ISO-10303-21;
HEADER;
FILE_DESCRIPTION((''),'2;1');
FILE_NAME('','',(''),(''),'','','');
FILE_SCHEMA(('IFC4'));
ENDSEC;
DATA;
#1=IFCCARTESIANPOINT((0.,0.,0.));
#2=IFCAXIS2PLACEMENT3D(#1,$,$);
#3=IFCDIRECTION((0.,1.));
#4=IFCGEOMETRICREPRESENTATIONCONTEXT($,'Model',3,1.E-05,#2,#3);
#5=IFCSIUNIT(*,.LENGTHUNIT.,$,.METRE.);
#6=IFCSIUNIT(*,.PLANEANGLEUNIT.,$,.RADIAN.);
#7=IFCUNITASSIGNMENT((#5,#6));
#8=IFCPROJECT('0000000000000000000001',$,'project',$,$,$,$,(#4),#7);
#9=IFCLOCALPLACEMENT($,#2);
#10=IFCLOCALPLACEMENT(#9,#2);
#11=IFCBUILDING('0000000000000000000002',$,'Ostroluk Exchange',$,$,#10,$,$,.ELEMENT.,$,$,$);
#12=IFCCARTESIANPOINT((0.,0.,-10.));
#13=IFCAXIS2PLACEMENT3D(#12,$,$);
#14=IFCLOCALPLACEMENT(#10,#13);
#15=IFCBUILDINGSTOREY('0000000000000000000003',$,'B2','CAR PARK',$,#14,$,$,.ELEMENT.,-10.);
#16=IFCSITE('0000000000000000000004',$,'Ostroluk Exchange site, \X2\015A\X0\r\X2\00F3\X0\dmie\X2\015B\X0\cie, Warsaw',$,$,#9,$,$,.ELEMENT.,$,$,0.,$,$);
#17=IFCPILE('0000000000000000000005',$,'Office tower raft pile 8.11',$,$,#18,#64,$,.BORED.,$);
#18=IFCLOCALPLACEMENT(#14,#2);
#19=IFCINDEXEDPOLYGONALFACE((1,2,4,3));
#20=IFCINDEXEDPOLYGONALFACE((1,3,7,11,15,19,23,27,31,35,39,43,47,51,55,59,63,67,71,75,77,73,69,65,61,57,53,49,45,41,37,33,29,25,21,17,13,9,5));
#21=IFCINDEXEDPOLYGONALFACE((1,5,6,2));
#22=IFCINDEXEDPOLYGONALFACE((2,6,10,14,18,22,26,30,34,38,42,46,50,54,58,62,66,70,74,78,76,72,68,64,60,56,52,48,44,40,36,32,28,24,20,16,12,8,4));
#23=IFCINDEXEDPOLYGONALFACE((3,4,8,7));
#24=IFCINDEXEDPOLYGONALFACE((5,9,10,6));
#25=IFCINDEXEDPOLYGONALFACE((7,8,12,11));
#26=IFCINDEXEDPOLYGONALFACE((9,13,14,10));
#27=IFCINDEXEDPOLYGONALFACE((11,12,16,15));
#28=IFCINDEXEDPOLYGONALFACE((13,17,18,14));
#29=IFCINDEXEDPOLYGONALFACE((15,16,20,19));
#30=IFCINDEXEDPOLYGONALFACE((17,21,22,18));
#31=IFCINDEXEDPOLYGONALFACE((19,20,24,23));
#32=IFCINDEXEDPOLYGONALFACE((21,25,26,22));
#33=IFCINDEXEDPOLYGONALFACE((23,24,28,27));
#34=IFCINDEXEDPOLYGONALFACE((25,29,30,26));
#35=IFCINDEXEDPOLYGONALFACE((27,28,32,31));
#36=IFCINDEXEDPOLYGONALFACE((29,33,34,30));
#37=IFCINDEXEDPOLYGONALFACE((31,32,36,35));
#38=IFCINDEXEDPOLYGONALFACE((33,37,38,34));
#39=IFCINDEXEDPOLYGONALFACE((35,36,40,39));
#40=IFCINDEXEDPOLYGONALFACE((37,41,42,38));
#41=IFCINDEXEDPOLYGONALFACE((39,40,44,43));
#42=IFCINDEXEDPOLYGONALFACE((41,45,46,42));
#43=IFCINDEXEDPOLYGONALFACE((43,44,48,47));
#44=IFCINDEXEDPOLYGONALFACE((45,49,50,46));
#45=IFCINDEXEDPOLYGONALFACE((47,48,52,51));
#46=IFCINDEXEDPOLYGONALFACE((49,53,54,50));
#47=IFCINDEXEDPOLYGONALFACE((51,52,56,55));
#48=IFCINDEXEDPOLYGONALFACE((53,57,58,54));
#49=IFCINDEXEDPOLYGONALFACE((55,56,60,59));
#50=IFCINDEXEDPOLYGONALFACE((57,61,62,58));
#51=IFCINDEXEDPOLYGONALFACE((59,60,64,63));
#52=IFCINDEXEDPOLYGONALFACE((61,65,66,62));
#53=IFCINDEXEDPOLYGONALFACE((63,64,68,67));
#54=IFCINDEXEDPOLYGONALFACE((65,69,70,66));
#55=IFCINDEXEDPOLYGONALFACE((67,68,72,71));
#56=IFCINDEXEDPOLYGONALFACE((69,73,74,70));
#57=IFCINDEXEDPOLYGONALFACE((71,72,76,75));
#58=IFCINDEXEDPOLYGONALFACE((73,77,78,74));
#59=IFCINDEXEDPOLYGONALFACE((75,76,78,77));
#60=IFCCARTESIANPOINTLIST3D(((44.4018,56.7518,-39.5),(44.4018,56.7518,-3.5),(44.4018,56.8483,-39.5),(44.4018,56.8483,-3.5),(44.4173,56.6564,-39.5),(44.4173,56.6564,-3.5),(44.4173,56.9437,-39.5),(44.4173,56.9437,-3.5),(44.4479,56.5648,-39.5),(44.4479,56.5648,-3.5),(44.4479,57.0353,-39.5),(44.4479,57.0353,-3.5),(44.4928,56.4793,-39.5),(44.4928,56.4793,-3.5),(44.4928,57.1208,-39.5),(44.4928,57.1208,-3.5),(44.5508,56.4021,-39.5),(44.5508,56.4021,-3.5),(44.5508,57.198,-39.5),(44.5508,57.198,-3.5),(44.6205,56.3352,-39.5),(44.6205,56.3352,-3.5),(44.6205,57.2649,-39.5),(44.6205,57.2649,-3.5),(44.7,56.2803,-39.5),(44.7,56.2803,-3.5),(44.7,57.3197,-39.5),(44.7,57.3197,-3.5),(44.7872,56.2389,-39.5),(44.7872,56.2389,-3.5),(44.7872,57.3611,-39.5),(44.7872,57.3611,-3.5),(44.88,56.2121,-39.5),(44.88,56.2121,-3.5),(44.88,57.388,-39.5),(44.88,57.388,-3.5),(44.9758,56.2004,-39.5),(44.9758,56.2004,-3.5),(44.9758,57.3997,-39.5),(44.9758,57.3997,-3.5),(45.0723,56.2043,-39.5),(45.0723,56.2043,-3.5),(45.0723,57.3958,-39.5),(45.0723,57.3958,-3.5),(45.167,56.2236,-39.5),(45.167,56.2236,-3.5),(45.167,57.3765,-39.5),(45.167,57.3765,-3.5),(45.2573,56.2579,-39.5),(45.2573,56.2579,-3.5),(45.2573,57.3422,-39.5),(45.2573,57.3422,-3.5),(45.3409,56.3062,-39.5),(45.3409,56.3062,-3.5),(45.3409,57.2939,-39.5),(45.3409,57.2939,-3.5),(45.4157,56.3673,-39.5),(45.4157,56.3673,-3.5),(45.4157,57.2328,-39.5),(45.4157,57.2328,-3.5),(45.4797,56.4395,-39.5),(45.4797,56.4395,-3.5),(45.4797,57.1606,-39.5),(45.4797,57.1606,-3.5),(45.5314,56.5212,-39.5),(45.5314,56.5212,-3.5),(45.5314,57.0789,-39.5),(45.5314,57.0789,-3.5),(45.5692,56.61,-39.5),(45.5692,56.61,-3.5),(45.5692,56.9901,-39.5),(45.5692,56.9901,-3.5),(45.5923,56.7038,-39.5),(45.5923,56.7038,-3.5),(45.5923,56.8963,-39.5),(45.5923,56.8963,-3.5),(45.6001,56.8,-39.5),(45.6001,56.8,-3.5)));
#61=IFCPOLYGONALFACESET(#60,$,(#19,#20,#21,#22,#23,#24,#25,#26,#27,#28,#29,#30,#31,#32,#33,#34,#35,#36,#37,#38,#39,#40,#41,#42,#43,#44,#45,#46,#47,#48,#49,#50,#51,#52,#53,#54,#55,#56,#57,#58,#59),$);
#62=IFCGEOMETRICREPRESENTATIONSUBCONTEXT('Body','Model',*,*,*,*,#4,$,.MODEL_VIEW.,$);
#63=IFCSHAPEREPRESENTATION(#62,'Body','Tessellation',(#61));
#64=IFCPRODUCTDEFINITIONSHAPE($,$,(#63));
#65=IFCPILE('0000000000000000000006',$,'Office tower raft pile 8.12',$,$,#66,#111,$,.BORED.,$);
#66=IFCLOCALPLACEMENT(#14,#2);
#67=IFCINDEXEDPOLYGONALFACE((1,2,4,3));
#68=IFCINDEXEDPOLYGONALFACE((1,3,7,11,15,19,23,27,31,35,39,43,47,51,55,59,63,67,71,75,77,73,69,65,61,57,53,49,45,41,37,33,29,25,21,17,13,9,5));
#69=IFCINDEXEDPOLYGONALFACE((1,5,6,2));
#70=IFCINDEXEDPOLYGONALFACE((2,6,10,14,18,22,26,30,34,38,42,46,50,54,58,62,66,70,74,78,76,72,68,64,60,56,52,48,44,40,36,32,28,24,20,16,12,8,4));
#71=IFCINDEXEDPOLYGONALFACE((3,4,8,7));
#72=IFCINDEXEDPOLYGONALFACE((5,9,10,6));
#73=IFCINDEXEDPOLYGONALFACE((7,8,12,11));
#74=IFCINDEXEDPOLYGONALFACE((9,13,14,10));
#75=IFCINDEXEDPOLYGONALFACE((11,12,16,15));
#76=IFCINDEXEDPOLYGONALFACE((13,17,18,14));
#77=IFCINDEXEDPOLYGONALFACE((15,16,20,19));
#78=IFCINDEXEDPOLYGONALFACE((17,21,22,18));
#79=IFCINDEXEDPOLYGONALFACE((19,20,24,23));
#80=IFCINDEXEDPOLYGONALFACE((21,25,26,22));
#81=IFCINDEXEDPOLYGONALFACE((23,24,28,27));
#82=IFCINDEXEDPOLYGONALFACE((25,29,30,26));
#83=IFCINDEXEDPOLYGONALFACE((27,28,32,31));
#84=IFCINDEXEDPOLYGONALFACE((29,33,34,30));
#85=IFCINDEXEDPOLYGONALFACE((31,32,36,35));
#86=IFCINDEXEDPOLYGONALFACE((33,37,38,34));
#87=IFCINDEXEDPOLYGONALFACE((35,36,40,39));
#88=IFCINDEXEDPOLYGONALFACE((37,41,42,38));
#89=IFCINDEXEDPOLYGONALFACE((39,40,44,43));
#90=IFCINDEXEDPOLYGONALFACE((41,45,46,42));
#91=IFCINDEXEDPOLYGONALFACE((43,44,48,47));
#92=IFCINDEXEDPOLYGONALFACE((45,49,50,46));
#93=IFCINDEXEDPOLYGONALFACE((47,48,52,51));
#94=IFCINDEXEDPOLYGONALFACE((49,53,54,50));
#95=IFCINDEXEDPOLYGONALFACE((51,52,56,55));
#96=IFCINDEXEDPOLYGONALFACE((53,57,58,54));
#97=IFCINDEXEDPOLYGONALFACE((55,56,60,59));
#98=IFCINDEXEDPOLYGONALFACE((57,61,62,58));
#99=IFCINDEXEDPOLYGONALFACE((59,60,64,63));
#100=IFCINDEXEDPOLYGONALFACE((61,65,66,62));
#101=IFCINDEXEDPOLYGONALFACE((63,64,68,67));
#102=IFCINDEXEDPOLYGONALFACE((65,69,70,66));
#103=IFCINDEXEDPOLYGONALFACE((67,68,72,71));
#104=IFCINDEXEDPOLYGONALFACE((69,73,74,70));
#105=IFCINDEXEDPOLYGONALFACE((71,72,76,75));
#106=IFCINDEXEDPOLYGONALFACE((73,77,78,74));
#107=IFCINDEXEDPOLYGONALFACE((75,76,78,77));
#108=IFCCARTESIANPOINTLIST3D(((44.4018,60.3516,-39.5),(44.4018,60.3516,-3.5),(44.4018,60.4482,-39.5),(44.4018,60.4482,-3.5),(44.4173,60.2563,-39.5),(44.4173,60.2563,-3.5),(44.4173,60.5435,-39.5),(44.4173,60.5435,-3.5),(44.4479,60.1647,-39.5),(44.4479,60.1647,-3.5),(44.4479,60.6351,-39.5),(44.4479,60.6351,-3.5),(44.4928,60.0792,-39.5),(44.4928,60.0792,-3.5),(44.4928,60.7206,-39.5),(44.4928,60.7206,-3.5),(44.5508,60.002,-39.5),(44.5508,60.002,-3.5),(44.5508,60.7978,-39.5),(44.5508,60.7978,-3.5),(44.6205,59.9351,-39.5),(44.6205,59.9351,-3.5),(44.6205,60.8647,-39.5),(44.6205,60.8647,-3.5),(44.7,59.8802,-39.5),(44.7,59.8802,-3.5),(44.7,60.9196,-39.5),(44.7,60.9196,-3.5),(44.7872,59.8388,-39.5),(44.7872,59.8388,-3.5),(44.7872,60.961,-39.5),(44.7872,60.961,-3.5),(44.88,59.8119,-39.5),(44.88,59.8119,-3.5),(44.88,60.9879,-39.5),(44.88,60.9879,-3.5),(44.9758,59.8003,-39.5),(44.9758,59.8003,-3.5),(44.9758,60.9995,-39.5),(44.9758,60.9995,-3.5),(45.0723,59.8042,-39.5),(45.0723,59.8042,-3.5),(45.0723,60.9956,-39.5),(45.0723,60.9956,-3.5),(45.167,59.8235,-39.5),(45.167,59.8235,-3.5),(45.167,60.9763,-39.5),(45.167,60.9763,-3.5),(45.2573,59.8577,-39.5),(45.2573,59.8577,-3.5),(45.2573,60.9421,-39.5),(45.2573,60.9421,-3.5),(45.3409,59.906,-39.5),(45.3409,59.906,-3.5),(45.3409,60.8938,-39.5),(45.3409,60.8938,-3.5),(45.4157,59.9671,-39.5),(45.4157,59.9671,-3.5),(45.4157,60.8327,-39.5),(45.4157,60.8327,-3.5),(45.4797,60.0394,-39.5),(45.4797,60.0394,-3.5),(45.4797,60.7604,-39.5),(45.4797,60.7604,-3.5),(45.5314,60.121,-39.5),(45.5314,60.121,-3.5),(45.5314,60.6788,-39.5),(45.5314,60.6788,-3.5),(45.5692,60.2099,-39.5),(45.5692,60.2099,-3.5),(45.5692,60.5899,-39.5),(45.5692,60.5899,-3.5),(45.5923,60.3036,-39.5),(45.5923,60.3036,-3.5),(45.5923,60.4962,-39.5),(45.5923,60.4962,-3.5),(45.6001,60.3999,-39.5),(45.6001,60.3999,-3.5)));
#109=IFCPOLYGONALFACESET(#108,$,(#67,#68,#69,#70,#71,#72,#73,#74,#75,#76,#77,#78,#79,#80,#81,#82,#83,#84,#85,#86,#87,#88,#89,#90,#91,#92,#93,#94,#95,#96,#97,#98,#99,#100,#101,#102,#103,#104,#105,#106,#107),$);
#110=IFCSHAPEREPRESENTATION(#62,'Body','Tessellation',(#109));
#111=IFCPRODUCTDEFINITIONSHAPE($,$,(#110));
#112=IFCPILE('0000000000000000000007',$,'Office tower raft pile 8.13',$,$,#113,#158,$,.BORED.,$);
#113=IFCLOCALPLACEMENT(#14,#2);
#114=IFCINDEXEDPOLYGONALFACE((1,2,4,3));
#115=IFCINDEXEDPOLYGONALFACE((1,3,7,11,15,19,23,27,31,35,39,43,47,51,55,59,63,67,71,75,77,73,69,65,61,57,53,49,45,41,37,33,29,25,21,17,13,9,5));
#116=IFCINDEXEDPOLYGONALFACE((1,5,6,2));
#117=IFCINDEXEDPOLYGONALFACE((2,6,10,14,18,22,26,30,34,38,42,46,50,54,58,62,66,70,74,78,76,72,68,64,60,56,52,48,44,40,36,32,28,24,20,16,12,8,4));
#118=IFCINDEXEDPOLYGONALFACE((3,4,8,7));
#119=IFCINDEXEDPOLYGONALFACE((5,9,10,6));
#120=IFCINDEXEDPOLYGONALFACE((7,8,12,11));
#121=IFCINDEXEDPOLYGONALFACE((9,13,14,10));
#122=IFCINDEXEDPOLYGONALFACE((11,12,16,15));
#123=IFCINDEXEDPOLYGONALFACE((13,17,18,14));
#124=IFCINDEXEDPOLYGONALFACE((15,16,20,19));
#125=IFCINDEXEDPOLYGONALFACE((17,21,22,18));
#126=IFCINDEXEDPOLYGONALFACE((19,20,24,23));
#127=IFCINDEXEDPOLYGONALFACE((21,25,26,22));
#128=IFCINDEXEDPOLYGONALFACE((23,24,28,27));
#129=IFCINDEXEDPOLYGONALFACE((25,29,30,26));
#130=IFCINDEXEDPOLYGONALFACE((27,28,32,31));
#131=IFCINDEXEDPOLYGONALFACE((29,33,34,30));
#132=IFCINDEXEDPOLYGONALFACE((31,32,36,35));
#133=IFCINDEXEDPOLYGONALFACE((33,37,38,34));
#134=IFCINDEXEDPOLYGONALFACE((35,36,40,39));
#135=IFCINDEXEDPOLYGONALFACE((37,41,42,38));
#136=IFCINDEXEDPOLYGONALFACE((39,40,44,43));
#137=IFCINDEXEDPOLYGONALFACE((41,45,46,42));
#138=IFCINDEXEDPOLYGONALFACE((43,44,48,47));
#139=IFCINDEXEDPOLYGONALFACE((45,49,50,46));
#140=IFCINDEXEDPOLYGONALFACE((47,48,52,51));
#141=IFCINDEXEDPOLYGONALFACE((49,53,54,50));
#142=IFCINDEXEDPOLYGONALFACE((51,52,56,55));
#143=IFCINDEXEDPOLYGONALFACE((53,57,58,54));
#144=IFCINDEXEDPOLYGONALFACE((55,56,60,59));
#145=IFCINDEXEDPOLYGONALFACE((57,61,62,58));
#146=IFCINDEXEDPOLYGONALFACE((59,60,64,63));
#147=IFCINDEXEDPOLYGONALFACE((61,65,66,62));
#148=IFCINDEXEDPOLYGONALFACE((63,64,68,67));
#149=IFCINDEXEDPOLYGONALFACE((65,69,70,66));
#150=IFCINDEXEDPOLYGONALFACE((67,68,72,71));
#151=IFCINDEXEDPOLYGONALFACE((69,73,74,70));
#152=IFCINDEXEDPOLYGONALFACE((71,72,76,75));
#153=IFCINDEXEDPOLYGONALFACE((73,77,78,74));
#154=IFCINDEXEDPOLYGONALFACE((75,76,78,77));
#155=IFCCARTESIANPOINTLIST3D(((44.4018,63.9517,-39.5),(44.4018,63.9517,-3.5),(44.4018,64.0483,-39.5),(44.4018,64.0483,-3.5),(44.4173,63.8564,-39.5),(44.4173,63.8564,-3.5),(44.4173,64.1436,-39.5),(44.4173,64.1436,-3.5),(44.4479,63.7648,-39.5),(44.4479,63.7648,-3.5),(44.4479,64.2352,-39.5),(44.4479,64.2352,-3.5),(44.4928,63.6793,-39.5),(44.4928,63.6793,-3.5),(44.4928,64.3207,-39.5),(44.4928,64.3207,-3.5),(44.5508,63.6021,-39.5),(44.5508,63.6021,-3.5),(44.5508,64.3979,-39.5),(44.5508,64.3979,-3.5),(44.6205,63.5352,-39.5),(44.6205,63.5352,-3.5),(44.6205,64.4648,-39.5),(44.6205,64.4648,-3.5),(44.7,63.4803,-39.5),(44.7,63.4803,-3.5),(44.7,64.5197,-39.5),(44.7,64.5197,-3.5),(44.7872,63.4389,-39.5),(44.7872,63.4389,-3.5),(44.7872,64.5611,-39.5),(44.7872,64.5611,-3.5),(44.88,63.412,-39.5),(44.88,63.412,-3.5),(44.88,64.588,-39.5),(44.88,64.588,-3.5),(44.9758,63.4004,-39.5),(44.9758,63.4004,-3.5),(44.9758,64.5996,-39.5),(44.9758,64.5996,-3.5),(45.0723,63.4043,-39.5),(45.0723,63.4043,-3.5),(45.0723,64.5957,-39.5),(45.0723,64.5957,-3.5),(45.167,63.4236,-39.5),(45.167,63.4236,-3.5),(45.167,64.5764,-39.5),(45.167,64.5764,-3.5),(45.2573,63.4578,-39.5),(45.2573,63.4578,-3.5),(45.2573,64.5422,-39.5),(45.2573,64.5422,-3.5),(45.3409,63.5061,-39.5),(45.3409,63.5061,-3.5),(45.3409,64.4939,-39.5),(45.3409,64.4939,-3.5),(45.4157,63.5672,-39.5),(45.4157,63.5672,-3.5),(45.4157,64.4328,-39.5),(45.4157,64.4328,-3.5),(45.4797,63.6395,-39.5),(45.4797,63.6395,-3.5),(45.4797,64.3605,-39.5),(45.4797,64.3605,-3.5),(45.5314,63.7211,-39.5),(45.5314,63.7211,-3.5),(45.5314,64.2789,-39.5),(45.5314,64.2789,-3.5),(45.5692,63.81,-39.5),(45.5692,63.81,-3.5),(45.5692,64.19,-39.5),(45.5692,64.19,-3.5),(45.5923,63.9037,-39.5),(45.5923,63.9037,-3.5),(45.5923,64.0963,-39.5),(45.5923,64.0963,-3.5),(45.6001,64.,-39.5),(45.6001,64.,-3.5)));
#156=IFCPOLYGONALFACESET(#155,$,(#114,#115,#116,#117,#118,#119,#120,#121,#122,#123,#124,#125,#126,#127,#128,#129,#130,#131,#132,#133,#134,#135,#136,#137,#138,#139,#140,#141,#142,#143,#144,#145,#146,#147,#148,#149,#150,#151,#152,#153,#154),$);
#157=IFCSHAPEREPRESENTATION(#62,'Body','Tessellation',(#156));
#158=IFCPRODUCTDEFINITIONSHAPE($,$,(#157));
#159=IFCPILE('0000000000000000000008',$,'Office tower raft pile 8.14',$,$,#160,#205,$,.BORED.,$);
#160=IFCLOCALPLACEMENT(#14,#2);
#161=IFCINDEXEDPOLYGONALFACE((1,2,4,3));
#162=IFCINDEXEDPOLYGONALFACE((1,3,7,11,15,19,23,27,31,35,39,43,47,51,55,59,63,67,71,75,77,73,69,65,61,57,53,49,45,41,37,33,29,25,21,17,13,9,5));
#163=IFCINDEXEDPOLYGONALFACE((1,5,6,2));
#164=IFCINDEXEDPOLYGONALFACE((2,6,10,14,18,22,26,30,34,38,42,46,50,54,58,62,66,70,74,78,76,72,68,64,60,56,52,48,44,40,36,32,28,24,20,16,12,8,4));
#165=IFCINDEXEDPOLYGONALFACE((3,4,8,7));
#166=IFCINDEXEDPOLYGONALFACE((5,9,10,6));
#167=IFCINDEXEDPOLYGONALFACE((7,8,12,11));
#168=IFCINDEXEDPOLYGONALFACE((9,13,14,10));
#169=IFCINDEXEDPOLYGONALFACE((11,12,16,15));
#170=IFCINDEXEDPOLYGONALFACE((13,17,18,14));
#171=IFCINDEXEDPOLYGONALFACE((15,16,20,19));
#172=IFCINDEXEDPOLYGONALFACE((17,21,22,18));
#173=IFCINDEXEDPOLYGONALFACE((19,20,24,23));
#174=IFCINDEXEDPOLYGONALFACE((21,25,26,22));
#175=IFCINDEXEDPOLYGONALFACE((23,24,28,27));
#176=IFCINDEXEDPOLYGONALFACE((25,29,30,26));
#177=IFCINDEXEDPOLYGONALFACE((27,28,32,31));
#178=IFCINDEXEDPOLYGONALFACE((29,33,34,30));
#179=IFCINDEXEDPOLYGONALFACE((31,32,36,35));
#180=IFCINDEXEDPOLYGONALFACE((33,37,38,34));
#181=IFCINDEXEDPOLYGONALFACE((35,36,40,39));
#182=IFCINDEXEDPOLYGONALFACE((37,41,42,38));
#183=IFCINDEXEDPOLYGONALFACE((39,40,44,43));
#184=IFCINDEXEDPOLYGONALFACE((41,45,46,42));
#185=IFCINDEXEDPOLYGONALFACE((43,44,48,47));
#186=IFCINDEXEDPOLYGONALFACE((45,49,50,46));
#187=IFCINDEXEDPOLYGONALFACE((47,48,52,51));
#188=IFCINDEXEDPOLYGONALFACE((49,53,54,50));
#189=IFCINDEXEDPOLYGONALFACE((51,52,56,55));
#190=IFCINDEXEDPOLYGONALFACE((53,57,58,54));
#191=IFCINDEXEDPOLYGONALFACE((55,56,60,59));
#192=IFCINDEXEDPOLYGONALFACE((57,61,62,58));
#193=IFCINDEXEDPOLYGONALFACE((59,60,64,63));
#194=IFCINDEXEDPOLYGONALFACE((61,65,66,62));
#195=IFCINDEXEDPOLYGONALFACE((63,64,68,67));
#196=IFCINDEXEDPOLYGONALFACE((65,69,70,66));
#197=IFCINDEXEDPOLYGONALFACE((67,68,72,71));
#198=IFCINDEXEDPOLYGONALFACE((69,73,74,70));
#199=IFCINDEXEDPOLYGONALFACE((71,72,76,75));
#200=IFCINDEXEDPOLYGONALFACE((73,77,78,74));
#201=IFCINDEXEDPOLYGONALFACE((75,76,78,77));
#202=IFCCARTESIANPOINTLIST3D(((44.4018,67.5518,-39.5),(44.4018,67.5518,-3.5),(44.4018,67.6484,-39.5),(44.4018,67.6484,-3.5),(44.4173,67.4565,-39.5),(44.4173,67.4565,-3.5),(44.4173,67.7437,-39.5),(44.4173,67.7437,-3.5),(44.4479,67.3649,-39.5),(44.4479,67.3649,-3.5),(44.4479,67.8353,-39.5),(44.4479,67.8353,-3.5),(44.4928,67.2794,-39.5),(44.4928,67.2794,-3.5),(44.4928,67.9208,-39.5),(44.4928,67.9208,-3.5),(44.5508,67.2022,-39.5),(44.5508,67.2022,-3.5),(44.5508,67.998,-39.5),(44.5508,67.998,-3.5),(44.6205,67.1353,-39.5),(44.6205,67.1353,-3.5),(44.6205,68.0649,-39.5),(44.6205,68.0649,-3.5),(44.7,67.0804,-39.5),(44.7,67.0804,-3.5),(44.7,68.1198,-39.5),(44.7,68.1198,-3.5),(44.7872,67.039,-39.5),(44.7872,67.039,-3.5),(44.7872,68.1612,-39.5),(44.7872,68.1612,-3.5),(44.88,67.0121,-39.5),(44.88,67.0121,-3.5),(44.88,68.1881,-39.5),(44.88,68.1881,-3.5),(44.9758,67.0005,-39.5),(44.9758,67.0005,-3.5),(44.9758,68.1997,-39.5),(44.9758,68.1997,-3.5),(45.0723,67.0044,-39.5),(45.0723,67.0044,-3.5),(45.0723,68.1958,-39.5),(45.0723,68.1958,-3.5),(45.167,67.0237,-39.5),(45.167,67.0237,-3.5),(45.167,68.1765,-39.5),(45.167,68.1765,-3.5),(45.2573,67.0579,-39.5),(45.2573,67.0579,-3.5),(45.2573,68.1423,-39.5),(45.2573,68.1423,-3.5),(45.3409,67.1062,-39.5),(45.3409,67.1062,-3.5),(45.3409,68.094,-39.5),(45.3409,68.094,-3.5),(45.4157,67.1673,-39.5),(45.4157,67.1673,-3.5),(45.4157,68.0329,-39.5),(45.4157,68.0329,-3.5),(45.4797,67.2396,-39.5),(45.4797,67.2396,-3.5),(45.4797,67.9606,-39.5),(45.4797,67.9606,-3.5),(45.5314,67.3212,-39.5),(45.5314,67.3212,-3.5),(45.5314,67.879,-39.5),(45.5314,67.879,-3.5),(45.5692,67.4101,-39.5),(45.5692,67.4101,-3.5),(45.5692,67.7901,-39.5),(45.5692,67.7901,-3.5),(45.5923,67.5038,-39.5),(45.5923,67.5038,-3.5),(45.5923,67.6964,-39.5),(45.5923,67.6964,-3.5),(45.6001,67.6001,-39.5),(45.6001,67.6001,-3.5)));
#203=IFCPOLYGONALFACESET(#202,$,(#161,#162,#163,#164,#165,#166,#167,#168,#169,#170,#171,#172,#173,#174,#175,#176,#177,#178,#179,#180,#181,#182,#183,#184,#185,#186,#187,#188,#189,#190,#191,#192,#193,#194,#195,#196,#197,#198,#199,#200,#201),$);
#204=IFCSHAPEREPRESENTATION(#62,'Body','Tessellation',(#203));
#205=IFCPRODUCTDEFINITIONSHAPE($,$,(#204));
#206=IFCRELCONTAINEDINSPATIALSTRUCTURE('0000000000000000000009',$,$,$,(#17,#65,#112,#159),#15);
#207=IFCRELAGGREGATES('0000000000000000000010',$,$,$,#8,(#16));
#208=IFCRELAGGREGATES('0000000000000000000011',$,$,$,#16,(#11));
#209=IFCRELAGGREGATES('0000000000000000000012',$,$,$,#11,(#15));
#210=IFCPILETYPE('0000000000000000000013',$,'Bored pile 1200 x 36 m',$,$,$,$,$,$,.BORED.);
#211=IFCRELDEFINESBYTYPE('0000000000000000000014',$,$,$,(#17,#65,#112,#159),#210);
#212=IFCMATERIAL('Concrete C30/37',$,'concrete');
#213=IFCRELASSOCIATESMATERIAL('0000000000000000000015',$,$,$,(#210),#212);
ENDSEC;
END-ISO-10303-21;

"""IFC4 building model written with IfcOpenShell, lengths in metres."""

from ifc_helpers import new_model, si_unit, direction, frame, origin, origin_2d, place, context, subcontext, project, spatial, circle, extrude, material, type_object, element, save


model = new_model("IFC4")

# Units and contexts
model_context = context("Model", 3, precision=1e-05, world=origin(), true_north=direction((0.0, 1.0)))
body_context = subcontext(model_context, "Body", "Model", "MODEL_VIEW")
ifc_project = project(units=[si_unit("LENGTHUNIT", "METRE"), si_unit("PLANEANGLEUNIT", "RADIAN")], contexts=[model_context])

# Site, building, storey
site_placement = place(None, origin())
site = spatial("IfcSite", under=ifc_project, at=site_placement, Name="Ostroluk Exchange site, Śródmieście, Warsaw", CompositionType="ELEMENT", RefElevation=0.0)
building_placement = place(site_placement, origin())
building = spatial("IfcBuilding", under=site, at=building_placement, Name="Ostroluk Exchange", CompositionType="ELEMENT")
storey_placement = place(building_placement, frame((0.0, 0.0, -10.0)))
storey = spatial("IfcBuildingStorey", under=building, at=storey_placement, Name="B2", Description="CAR PARK", CompositionType="ELEMENT", Elevation=-10.0)

# Piles
ifc_material_1 = material(Name="Concrete C30/37", Category="concrete")
pile_type = type_object("IfcPileType", Name="Bored pile 1200 x 36 m", PredefinedType="BORED", material=ifc_material_1)
for number, where, z_axis, x_axis, name in (
    (1, (45.0, 56.8, -3.5), (0.0, 0.0, -1.0), (1.0, 0.0, 0.0), "Office tower raft pile 8.11"),
    (2, (45.0, 60.3999, -3.5), (0.0, 0.0, -1.0), (1.0, 0.0, 0.0), "Office tower raft pile 8.12"),
    (3, (45.0, 64.0, -3.5), (0.0, 0.0, -1.0), (1.0, 0.0, 0.0), "Office tower raft pile 8.13"),
    (4, (45.0, 67.6001, -3.5), (0.0, 0.0, -1.0), (1.0, 0.0, 0.0), "Office tower raft pile 8.14"),
):
    element("IfcPile", number, at=place(storey_placement, frame(where, z_axis=z_axis, x_axis=x_axis)), inside=storey, type_object=pile_type, Name=name, PredefinedType="BORED", context=body_context, shape_type="SweptSolid", body=[
        extrude(circle(Radius=0.6001, at=origin_2d()), origin(), (0.0, 0.0, 1.0), 36.0),
    ])

save(model, "model.ifc")
